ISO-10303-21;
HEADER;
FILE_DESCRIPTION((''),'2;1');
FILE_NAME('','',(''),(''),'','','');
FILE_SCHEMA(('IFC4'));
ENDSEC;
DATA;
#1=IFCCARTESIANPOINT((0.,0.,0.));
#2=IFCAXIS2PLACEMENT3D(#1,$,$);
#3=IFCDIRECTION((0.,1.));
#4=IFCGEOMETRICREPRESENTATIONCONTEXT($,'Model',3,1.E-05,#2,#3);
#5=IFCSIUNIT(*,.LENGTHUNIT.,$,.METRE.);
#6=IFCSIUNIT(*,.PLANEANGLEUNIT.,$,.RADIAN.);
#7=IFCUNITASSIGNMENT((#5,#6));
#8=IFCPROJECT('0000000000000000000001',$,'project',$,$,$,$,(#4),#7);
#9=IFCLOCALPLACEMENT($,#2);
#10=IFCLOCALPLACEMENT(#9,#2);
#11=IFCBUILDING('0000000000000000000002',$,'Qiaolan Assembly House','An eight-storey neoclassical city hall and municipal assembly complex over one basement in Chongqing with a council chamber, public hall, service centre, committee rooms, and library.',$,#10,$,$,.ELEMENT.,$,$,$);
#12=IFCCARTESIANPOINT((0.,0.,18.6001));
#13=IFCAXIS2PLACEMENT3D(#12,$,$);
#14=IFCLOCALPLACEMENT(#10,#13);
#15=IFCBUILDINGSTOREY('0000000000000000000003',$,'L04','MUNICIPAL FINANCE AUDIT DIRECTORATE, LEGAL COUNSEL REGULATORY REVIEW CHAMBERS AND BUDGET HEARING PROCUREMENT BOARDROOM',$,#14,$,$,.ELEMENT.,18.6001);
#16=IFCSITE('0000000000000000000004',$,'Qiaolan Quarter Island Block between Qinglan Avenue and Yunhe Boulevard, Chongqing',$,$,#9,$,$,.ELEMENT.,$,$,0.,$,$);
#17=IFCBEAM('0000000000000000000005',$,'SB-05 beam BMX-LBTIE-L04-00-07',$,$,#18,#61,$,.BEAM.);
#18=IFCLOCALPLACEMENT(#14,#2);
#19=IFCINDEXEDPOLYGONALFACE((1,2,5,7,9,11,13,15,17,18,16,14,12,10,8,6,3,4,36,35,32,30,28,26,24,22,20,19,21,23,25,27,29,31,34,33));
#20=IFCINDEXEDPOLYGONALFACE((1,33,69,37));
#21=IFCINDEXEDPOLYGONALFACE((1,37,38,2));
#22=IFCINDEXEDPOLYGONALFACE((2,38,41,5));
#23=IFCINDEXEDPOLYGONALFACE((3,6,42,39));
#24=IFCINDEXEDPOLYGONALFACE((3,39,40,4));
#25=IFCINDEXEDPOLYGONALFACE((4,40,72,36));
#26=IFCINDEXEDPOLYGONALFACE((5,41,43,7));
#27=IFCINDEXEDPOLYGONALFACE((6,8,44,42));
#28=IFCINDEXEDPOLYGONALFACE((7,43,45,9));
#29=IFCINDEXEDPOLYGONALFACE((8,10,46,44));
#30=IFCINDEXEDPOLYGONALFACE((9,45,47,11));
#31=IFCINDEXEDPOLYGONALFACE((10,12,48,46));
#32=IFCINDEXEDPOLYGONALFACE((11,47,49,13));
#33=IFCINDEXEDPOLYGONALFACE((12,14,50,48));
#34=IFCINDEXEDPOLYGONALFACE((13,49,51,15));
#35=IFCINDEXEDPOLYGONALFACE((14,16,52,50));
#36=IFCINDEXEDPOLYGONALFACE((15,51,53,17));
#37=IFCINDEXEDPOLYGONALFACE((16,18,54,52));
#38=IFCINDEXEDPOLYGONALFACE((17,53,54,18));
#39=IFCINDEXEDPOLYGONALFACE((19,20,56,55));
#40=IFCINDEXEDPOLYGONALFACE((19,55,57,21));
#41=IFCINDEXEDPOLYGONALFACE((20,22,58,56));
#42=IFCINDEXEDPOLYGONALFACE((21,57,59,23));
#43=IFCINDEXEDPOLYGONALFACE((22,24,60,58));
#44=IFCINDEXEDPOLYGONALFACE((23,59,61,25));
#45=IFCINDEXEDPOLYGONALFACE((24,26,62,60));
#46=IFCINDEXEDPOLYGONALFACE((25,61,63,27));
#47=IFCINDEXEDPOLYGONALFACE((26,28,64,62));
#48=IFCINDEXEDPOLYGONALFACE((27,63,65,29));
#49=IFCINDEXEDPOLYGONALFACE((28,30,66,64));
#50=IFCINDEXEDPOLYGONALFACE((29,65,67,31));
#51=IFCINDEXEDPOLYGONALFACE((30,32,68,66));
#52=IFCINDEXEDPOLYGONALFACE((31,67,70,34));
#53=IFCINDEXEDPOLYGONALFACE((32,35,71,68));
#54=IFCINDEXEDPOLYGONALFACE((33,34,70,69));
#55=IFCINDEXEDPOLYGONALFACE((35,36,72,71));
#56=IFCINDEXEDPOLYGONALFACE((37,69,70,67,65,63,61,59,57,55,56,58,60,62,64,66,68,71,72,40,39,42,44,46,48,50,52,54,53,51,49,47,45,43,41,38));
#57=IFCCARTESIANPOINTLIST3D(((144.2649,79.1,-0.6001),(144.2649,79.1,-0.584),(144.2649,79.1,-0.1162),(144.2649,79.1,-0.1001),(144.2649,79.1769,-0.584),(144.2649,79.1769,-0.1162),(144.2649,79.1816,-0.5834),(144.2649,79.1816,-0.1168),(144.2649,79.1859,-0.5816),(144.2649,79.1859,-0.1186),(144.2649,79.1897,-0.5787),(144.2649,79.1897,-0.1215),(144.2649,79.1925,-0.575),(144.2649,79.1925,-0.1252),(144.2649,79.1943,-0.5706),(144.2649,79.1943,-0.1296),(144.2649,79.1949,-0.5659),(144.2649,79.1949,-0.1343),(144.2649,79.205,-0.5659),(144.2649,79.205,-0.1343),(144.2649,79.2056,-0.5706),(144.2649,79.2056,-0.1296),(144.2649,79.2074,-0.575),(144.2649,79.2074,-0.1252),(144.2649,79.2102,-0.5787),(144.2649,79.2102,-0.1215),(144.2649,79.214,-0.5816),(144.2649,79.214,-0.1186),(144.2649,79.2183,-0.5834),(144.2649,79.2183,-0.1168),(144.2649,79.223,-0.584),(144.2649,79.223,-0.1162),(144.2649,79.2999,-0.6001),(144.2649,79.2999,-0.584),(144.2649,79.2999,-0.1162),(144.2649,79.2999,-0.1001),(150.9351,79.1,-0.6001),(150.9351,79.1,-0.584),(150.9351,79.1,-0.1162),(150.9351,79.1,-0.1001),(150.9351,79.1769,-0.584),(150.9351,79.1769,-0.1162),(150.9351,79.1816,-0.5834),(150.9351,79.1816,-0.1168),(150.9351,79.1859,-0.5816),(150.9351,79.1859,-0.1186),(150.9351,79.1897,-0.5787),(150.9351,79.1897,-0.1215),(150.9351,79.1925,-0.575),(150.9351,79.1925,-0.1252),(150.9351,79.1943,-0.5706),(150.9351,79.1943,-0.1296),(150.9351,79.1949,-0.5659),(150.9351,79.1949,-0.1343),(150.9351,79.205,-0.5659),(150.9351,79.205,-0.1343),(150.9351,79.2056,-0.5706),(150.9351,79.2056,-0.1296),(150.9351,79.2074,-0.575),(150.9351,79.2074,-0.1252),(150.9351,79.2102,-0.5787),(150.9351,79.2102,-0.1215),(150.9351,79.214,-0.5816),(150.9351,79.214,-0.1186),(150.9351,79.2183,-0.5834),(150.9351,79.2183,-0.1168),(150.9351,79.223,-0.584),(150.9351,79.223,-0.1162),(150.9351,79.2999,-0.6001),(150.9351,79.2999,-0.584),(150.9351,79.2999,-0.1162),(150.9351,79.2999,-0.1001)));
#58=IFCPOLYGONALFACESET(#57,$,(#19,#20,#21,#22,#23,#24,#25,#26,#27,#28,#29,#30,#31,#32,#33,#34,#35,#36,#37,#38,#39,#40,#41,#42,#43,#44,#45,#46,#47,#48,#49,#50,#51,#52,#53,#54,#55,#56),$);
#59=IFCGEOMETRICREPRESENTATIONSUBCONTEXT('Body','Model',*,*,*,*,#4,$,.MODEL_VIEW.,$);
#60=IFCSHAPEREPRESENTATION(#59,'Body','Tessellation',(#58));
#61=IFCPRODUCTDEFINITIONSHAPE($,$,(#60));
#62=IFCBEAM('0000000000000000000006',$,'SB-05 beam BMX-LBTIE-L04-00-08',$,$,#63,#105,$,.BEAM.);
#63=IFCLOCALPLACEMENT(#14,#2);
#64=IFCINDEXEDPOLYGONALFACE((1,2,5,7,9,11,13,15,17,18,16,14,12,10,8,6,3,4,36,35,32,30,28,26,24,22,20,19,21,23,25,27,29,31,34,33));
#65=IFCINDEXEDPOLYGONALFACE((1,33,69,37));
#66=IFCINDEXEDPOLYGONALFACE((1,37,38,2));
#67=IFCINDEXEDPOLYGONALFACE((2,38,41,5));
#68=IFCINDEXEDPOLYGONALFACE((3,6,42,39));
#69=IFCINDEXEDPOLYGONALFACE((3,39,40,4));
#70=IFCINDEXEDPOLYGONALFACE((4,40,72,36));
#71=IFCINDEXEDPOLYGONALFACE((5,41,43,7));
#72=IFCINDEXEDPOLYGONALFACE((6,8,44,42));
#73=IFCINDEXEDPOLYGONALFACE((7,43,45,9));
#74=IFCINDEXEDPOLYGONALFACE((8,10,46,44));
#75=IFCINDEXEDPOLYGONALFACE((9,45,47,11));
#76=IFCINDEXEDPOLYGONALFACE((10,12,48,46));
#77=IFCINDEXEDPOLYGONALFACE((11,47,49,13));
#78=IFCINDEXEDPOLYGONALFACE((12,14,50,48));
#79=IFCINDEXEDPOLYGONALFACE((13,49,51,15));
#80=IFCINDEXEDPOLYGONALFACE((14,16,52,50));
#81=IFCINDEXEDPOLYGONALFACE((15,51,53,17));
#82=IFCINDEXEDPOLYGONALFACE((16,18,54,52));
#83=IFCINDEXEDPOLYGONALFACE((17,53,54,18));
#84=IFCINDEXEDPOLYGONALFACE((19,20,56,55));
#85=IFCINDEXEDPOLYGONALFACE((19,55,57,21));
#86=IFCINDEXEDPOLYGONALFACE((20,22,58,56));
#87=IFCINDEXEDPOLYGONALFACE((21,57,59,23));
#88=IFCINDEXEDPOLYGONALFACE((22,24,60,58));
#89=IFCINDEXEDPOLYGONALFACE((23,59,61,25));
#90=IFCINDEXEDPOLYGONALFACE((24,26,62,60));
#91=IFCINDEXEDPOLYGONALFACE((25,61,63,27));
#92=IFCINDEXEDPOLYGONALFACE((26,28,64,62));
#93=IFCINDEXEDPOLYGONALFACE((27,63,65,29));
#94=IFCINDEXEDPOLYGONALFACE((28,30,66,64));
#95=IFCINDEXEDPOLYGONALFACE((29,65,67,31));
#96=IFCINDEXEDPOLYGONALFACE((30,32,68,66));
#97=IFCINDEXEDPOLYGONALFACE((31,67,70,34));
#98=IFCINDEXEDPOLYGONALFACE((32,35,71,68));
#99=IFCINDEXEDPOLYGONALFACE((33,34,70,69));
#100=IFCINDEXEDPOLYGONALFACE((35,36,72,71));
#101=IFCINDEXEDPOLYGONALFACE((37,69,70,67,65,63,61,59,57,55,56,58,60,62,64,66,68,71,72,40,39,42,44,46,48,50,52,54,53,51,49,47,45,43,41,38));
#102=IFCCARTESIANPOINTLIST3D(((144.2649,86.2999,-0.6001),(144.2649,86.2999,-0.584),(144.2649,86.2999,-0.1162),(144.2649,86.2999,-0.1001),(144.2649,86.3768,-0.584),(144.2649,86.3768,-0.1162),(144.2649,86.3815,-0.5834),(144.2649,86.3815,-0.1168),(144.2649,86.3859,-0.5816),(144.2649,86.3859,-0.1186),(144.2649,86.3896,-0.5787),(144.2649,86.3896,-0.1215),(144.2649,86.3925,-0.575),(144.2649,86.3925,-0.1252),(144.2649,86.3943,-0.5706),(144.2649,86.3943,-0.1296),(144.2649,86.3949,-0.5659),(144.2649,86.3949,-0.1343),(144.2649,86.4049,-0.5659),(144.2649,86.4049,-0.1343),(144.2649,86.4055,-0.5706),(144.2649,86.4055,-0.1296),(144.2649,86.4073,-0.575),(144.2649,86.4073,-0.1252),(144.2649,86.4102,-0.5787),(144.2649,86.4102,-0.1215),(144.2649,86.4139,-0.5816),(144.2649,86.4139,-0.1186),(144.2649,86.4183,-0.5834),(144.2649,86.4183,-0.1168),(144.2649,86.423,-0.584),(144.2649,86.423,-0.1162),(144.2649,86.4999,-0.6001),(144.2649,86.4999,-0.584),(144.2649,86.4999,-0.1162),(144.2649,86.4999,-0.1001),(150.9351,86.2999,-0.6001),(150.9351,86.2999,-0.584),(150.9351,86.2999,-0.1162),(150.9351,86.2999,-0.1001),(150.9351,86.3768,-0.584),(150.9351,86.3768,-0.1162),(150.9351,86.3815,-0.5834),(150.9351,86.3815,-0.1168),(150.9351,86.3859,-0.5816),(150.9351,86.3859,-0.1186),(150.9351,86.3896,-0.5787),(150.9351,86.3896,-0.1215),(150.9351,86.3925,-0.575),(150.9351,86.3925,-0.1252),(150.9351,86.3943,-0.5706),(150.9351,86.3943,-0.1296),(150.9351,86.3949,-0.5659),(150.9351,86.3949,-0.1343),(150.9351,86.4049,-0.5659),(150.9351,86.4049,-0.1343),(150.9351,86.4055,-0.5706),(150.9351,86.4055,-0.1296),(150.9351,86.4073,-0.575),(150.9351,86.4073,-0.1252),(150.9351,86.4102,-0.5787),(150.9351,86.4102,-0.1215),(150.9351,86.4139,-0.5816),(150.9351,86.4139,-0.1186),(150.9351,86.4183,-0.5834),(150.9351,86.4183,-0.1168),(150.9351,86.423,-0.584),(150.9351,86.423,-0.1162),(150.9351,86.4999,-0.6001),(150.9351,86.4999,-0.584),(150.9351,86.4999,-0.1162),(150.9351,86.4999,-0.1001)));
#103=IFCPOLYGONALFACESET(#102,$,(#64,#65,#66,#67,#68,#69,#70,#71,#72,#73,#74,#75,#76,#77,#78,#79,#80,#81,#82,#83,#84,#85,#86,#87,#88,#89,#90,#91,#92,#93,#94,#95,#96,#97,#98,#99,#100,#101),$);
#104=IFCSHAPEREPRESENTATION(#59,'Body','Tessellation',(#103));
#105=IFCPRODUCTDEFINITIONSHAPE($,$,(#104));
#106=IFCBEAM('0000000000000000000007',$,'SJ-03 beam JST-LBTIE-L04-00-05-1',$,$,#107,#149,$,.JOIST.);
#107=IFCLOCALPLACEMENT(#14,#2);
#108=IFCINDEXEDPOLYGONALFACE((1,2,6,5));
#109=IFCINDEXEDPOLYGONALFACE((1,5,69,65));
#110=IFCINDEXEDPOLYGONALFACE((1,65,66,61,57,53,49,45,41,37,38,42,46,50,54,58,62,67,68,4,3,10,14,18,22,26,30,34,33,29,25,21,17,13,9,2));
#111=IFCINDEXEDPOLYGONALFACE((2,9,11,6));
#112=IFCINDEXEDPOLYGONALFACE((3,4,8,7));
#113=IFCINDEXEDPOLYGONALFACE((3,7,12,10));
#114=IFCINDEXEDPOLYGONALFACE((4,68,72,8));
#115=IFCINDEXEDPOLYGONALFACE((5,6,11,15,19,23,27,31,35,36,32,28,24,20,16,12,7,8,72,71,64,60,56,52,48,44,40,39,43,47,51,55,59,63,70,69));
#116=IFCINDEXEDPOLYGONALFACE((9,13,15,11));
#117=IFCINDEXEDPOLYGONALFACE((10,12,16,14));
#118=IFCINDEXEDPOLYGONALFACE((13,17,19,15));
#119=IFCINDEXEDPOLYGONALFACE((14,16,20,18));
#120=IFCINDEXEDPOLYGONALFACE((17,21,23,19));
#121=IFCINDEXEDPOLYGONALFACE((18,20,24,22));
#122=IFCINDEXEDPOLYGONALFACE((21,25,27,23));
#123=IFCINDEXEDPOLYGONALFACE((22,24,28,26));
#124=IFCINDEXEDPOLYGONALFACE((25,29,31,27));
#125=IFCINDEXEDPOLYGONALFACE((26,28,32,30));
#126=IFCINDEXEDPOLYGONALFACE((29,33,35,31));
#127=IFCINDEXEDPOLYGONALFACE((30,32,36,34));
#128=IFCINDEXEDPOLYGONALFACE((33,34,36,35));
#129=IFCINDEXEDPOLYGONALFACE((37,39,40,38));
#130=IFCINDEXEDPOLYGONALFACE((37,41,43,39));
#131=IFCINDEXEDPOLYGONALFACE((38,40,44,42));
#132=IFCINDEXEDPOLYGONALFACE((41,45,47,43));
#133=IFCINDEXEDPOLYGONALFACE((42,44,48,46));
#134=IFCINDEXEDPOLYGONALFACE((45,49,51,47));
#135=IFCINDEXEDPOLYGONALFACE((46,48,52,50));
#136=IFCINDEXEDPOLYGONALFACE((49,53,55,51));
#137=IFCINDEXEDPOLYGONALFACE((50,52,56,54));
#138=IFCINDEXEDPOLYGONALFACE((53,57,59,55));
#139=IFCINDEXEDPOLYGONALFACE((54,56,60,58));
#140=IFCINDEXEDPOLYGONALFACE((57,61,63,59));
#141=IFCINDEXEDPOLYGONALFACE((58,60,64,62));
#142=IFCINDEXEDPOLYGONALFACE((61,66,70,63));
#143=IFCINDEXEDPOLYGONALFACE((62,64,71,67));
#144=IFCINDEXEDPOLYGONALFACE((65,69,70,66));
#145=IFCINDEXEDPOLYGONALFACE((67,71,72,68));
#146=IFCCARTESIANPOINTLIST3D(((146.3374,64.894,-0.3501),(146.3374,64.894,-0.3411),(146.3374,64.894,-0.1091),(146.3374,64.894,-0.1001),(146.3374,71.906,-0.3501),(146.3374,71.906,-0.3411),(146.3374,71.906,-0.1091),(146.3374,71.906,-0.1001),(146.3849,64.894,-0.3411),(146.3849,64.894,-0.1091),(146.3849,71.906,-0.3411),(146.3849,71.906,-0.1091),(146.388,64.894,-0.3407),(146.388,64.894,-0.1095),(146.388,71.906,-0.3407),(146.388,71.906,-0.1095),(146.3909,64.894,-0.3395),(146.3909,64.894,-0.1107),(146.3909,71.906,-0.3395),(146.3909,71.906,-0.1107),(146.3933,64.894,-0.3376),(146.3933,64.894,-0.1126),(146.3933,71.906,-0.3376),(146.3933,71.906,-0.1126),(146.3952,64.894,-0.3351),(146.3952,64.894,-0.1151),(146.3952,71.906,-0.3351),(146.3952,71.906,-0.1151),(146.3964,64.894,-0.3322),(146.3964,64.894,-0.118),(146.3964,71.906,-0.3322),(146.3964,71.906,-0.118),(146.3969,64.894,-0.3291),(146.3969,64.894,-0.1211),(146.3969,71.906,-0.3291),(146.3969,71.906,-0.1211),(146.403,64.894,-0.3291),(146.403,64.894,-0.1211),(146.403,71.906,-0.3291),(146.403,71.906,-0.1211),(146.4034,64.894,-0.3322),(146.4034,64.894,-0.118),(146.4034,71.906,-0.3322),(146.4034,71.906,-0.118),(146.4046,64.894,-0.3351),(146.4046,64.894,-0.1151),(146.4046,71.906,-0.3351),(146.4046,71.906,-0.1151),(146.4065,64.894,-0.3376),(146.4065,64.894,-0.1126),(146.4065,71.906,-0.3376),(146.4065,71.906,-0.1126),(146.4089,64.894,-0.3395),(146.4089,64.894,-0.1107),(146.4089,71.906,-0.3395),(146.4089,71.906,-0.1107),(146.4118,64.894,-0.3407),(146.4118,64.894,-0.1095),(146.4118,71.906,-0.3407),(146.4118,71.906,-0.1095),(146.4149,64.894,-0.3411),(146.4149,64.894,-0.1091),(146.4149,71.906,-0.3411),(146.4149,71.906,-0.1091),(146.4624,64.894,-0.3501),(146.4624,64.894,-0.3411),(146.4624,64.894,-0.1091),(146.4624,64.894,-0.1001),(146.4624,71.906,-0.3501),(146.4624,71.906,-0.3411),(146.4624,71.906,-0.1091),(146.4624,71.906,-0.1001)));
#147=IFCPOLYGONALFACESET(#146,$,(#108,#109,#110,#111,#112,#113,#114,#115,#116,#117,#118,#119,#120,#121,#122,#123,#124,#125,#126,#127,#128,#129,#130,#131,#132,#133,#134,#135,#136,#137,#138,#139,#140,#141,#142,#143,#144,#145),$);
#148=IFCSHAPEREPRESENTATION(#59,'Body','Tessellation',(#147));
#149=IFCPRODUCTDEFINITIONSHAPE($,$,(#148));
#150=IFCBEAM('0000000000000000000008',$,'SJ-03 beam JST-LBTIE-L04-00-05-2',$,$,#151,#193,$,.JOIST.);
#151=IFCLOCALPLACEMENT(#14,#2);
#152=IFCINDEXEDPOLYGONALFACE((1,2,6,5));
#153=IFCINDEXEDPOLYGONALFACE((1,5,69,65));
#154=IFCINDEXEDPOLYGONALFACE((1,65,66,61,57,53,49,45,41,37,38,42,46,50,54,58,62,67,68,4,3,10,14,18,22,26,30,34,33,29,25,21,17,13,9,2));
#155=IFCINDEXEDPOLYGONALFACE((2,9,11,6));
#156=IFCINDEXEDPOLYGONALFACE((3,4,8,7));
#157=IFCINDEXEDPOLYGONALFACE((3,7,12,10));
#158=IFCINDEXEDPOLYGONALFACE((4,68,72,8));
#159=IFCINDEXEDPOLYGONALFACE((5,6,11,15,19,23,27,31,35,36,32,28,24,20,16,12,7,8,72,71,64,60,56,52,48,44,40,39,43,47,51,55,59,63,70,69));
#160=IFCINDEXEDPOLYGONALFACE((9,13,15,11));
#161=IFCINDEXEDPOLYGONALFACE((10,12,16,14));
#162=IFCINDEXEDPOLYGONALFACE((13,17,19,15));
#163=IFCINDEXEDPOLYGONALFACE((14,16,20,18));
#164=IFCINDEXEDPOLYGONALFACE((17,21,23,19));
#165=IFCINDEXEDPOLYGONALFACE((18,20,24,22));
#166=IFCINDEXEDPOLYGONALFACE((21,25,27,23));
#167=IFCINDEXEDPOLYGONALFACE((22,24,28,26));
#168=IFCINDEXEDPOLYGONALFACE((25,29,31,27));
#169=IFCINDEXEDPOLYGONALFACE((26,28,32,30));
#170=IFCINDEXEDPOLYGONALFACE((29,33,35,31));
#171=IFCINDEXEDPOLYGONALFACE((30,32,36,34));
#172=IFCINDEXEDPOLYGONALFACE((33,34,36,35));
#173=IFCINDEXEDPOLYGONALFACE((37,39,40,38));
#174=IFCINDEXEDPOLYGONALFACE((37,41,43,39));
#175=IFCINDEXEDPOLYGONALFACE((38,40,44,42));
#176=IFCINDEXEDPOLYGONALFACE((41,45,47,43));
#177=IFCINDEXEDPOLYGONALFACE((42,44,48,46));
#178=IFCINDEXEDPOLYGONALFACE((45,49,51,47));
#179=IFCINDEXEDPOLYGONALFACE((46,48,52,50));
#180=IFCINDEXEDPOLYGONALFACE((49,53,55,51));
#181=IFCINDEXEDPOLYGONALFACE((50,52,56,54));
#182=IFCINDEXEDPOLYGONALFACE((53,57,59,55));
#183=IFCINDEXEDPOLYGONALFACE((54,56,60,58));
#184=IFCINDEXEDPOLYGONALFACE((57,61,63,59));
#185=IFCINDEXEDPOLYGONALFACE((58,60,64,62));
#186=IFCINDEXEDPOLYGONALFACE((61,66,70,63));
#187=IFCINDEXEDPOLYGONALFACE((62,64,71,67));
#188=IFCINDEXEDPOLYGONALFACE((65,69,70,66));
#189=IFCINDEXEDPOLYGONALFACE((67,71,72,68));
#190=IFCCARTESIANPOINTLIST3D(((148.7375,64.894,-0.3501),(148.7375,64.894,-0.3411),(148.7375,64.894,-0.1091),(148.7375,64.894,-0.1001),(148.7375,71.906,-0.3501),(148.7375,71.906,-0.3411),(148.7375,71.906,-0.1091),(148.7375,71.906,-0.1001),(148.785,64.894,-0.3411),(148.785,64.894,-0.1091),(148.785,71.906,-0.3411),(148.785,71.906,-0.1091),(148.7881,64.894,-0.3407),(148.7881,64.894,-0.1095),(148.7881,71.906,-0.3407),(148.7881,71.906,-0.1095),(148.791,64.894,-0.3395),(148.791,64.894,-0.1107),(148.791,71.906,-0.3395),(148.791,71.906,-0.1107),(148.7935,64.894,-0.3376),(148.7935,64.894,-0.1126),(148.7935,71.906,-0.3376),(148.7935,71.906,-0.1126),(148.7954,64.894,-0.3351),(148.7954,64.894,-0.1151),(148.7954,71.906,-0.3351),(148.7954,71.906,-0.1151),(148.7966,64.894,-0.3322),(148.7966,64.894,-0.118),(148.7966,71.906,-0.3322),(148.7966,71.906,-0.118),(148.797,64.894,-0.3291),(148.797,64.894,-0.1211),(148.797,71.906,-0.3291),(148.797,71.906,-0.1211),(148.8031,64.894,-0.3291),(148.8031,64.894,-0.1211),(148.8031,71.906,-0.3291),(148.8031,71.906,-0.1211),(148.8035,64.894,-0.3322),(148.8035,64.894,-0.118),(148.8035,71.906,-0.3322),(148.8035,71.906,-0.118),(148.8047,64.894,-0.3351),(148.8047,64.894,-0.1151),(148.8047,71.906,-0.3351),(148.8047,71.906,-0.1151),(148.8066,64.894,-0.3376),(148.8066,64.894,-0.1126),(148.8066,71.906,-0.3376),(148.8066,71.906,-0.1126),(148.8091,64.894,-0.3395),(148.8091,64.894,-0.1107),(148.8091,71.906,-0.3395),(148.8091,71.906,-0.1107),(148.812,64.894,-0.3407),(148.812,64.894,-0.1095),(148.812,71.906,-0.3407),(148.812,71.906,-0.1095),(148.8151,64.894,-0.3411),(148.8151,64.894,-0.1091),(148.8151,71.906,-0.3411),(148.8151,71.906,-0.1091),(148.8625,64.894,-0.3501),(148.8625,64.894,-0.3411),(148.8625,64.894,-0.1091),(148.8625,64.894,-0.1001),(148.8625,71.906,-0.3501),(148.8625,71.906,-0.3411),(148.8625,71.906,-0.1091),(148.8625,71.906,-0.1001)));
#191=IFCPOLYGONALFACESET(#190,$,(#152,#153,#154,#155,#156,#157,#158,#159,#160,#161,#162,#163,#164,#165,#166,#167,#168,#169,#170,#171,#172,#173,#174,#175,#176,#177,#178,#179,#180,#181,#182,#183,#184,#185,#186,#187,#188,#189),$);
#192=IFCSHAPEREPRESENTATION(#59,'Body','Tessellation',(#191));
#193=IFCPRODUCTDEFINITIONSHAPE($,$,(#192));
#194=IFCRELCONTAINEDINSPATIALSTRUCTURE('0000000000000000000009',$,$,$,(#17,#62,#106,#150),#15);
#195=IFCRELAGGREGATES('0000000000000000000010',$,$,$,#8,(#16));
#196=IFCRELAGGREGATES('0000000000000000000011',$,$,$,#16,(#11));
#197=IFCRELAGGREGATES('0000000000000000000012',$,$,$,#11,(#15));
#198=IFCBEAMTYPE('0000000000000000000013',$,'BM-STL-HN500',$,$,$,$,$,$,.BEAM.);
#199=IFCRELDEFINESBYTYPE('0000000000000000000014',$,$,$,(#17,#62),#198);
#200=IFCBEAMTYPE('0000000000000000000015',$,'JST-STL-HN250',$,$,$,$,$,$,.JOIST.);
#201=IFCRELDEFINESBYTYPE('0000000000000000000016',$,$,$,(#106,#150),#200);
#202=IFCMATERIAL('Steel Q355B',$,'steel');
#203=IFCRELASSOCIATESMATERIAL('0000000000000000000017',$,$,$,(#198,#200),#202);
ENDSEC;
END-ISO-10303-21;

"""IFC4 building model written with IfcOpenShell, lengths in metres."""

from ifc_helpers import new_model, si_unit, direction, frame, origin, origin_2d, place, context, subcontext, project, spatial, i_section, extrude, material, material_profile, profile_set, type_object, element, save


model = new_model("IFC4")

# Units and contexts
model_context = context("Model", 3, precision=1e-05, world=origin(), true_north=direction((0.0, 1.0)))
body_context = subcontext(model_context, "Body", "Model", "MODEL_VIEW")
ifc_project = project(units=[si_unit("LENGTHUNIT", "METRE"), si_unit("PLANEANGLEUNIT", "RADIAN")], contexts=[model_context])

# Site, building, storey
site_placement = place(None, origin())
site = spatial("IfcSite", under=ifc_project, at=site_placement, Name="Qiaolan Quarter Island Block between Qinglan Avenue and Yunhe Boulevard, Chongqing", CompositionType="ELEMENT", RefElevation=0.0)
building_placement = place(site_placement, origin())
building = spatial("IfcBuilding", under=site, at=building_placement, Name="Qiaolan Assembly House", Description="An eight-storey neoclassical city hall and municipal assembly complex over one basement in Chongqing with a council chamber, public hall, service centre, committee rooms, and library.", CompositionType="ELEMENT")
storey_placement = place(building_placement, frame((0.0, 0.0, 18.6001)))
storey = spatial("IfcBuildingStorey", under=building, at=storey_placement, Name="L04", Description="MUNICIPAL FINANCE AUDIT DIRECTORATE, LEGAL COUNSEL REGULATORY REVIEW CHAMBERS AND BUDGET HEARING PROCUREMENT BOARDROOM", CompositionType="ELEMENT", Elevation=18.6001)

# Beams
ifc_material = material(Name="Steel Q355B", Category="steel")
ifc_material_profile_1 = material_profile(ifc_material, i_section(OverallWidth=0.2, OverallDepth=0.5, WebThickness=0.01, FlangeThickness=0.0161, FilletRadius=0.0181, at=origin_2d()), Name="HN 500x200x10x16")
ifc_profile_set_1 = profile_set([ifc_material_profile_1], Name="Steel Q355B")
beam_type_1 = type_object("IfcBeamType", Name="BM-STL-HN500", PredefinedType="BEAM", material=ifc_profile_set_1)
for number, where, z_axis, x_axis, name in (
    (1, (144.2649, 79.2, -0.3501), (1.0, 0.0, 0.0), (0.0, 1.0, 0.0), "SB-05 beam BMX-LBTIE-L04-00-07"),
    (2, (144.2649, 86.3999, -0.3501), (1.0, 0.0, 0.0), (0.0, 1.0, 0.0), "SB-05 beam BMX-LBTIE-L04-00-08"),
):
    element("IfcBeam", number, at=place(storey_placement, frame(where, z_axis=z_axis, x_axis=x_axis)), inside=storey, type_object=beam_type_1, Name=name, PredefinedType="BEAM", context=body_context, shape_type="SweptSolid", body=[
        extrude(i_section(OverallWidth=0.2, OverallDepth=0.5, WebThickness=0.01, FlangeThickness=0.0161, FilletRadius=0.0181, at=origin_2d()), origin(), (0.0, 0.0, 1.0), 6.6702),
    ])
ifc_material_profile_2 = material_profile(ifc_material, i_section(OverallWidth=0.125, OverallDepth=0.25, WebThickness=0.0061, FlangeThickness=0.009, FilletRadius=0.012, at=origin_2d()), Name="HN 250x125x6x9")
ifc_profile_set_2 = profile_set([ifc_material_profile_2], Name="Steel Q355B")
beam_type_2 = type_object("IfcBeamType", Name="JST-STL-HN250", PredefinedType="JOIST", material=ifc_profile_set_2)
for number, where, z_axis, x_axis, name in (
    (3, (146.3999, 64.894, -0.2251), (0.0, 1.0, 0.0), (-1.0, 0.0, 0.0), "SJ-03 beam JST-LBTIE-L04-00-05-1"),
    (4, (148.8, 64.894, -0.2251), (0.0, 1.0, 0.0), (-1.0, 0.0, 0.0), "SJ-03 beam JST-LBTIE-L04-00-05-2"),
):
    element("IfcBeam", number, at=place(storey_placement, frame(where, z_axis=z_axis, x_axis=x_axis)), inside=storey, type_object=beam_type_2, Name=name, PredefinedType="JOIST", context=body_context, shape_type="SweptSolid", body=[
        extrude(i_section(OverallWidth=0.125, OverallDepth=0.25, WebThickness=0.0061, FlangeThickness=0.009, FilletRadius=0.012, at=origin_2d()), origin(), (0.0, 0.0, 1.0), 7.012),
    ])

save(model, "model.ifc")
